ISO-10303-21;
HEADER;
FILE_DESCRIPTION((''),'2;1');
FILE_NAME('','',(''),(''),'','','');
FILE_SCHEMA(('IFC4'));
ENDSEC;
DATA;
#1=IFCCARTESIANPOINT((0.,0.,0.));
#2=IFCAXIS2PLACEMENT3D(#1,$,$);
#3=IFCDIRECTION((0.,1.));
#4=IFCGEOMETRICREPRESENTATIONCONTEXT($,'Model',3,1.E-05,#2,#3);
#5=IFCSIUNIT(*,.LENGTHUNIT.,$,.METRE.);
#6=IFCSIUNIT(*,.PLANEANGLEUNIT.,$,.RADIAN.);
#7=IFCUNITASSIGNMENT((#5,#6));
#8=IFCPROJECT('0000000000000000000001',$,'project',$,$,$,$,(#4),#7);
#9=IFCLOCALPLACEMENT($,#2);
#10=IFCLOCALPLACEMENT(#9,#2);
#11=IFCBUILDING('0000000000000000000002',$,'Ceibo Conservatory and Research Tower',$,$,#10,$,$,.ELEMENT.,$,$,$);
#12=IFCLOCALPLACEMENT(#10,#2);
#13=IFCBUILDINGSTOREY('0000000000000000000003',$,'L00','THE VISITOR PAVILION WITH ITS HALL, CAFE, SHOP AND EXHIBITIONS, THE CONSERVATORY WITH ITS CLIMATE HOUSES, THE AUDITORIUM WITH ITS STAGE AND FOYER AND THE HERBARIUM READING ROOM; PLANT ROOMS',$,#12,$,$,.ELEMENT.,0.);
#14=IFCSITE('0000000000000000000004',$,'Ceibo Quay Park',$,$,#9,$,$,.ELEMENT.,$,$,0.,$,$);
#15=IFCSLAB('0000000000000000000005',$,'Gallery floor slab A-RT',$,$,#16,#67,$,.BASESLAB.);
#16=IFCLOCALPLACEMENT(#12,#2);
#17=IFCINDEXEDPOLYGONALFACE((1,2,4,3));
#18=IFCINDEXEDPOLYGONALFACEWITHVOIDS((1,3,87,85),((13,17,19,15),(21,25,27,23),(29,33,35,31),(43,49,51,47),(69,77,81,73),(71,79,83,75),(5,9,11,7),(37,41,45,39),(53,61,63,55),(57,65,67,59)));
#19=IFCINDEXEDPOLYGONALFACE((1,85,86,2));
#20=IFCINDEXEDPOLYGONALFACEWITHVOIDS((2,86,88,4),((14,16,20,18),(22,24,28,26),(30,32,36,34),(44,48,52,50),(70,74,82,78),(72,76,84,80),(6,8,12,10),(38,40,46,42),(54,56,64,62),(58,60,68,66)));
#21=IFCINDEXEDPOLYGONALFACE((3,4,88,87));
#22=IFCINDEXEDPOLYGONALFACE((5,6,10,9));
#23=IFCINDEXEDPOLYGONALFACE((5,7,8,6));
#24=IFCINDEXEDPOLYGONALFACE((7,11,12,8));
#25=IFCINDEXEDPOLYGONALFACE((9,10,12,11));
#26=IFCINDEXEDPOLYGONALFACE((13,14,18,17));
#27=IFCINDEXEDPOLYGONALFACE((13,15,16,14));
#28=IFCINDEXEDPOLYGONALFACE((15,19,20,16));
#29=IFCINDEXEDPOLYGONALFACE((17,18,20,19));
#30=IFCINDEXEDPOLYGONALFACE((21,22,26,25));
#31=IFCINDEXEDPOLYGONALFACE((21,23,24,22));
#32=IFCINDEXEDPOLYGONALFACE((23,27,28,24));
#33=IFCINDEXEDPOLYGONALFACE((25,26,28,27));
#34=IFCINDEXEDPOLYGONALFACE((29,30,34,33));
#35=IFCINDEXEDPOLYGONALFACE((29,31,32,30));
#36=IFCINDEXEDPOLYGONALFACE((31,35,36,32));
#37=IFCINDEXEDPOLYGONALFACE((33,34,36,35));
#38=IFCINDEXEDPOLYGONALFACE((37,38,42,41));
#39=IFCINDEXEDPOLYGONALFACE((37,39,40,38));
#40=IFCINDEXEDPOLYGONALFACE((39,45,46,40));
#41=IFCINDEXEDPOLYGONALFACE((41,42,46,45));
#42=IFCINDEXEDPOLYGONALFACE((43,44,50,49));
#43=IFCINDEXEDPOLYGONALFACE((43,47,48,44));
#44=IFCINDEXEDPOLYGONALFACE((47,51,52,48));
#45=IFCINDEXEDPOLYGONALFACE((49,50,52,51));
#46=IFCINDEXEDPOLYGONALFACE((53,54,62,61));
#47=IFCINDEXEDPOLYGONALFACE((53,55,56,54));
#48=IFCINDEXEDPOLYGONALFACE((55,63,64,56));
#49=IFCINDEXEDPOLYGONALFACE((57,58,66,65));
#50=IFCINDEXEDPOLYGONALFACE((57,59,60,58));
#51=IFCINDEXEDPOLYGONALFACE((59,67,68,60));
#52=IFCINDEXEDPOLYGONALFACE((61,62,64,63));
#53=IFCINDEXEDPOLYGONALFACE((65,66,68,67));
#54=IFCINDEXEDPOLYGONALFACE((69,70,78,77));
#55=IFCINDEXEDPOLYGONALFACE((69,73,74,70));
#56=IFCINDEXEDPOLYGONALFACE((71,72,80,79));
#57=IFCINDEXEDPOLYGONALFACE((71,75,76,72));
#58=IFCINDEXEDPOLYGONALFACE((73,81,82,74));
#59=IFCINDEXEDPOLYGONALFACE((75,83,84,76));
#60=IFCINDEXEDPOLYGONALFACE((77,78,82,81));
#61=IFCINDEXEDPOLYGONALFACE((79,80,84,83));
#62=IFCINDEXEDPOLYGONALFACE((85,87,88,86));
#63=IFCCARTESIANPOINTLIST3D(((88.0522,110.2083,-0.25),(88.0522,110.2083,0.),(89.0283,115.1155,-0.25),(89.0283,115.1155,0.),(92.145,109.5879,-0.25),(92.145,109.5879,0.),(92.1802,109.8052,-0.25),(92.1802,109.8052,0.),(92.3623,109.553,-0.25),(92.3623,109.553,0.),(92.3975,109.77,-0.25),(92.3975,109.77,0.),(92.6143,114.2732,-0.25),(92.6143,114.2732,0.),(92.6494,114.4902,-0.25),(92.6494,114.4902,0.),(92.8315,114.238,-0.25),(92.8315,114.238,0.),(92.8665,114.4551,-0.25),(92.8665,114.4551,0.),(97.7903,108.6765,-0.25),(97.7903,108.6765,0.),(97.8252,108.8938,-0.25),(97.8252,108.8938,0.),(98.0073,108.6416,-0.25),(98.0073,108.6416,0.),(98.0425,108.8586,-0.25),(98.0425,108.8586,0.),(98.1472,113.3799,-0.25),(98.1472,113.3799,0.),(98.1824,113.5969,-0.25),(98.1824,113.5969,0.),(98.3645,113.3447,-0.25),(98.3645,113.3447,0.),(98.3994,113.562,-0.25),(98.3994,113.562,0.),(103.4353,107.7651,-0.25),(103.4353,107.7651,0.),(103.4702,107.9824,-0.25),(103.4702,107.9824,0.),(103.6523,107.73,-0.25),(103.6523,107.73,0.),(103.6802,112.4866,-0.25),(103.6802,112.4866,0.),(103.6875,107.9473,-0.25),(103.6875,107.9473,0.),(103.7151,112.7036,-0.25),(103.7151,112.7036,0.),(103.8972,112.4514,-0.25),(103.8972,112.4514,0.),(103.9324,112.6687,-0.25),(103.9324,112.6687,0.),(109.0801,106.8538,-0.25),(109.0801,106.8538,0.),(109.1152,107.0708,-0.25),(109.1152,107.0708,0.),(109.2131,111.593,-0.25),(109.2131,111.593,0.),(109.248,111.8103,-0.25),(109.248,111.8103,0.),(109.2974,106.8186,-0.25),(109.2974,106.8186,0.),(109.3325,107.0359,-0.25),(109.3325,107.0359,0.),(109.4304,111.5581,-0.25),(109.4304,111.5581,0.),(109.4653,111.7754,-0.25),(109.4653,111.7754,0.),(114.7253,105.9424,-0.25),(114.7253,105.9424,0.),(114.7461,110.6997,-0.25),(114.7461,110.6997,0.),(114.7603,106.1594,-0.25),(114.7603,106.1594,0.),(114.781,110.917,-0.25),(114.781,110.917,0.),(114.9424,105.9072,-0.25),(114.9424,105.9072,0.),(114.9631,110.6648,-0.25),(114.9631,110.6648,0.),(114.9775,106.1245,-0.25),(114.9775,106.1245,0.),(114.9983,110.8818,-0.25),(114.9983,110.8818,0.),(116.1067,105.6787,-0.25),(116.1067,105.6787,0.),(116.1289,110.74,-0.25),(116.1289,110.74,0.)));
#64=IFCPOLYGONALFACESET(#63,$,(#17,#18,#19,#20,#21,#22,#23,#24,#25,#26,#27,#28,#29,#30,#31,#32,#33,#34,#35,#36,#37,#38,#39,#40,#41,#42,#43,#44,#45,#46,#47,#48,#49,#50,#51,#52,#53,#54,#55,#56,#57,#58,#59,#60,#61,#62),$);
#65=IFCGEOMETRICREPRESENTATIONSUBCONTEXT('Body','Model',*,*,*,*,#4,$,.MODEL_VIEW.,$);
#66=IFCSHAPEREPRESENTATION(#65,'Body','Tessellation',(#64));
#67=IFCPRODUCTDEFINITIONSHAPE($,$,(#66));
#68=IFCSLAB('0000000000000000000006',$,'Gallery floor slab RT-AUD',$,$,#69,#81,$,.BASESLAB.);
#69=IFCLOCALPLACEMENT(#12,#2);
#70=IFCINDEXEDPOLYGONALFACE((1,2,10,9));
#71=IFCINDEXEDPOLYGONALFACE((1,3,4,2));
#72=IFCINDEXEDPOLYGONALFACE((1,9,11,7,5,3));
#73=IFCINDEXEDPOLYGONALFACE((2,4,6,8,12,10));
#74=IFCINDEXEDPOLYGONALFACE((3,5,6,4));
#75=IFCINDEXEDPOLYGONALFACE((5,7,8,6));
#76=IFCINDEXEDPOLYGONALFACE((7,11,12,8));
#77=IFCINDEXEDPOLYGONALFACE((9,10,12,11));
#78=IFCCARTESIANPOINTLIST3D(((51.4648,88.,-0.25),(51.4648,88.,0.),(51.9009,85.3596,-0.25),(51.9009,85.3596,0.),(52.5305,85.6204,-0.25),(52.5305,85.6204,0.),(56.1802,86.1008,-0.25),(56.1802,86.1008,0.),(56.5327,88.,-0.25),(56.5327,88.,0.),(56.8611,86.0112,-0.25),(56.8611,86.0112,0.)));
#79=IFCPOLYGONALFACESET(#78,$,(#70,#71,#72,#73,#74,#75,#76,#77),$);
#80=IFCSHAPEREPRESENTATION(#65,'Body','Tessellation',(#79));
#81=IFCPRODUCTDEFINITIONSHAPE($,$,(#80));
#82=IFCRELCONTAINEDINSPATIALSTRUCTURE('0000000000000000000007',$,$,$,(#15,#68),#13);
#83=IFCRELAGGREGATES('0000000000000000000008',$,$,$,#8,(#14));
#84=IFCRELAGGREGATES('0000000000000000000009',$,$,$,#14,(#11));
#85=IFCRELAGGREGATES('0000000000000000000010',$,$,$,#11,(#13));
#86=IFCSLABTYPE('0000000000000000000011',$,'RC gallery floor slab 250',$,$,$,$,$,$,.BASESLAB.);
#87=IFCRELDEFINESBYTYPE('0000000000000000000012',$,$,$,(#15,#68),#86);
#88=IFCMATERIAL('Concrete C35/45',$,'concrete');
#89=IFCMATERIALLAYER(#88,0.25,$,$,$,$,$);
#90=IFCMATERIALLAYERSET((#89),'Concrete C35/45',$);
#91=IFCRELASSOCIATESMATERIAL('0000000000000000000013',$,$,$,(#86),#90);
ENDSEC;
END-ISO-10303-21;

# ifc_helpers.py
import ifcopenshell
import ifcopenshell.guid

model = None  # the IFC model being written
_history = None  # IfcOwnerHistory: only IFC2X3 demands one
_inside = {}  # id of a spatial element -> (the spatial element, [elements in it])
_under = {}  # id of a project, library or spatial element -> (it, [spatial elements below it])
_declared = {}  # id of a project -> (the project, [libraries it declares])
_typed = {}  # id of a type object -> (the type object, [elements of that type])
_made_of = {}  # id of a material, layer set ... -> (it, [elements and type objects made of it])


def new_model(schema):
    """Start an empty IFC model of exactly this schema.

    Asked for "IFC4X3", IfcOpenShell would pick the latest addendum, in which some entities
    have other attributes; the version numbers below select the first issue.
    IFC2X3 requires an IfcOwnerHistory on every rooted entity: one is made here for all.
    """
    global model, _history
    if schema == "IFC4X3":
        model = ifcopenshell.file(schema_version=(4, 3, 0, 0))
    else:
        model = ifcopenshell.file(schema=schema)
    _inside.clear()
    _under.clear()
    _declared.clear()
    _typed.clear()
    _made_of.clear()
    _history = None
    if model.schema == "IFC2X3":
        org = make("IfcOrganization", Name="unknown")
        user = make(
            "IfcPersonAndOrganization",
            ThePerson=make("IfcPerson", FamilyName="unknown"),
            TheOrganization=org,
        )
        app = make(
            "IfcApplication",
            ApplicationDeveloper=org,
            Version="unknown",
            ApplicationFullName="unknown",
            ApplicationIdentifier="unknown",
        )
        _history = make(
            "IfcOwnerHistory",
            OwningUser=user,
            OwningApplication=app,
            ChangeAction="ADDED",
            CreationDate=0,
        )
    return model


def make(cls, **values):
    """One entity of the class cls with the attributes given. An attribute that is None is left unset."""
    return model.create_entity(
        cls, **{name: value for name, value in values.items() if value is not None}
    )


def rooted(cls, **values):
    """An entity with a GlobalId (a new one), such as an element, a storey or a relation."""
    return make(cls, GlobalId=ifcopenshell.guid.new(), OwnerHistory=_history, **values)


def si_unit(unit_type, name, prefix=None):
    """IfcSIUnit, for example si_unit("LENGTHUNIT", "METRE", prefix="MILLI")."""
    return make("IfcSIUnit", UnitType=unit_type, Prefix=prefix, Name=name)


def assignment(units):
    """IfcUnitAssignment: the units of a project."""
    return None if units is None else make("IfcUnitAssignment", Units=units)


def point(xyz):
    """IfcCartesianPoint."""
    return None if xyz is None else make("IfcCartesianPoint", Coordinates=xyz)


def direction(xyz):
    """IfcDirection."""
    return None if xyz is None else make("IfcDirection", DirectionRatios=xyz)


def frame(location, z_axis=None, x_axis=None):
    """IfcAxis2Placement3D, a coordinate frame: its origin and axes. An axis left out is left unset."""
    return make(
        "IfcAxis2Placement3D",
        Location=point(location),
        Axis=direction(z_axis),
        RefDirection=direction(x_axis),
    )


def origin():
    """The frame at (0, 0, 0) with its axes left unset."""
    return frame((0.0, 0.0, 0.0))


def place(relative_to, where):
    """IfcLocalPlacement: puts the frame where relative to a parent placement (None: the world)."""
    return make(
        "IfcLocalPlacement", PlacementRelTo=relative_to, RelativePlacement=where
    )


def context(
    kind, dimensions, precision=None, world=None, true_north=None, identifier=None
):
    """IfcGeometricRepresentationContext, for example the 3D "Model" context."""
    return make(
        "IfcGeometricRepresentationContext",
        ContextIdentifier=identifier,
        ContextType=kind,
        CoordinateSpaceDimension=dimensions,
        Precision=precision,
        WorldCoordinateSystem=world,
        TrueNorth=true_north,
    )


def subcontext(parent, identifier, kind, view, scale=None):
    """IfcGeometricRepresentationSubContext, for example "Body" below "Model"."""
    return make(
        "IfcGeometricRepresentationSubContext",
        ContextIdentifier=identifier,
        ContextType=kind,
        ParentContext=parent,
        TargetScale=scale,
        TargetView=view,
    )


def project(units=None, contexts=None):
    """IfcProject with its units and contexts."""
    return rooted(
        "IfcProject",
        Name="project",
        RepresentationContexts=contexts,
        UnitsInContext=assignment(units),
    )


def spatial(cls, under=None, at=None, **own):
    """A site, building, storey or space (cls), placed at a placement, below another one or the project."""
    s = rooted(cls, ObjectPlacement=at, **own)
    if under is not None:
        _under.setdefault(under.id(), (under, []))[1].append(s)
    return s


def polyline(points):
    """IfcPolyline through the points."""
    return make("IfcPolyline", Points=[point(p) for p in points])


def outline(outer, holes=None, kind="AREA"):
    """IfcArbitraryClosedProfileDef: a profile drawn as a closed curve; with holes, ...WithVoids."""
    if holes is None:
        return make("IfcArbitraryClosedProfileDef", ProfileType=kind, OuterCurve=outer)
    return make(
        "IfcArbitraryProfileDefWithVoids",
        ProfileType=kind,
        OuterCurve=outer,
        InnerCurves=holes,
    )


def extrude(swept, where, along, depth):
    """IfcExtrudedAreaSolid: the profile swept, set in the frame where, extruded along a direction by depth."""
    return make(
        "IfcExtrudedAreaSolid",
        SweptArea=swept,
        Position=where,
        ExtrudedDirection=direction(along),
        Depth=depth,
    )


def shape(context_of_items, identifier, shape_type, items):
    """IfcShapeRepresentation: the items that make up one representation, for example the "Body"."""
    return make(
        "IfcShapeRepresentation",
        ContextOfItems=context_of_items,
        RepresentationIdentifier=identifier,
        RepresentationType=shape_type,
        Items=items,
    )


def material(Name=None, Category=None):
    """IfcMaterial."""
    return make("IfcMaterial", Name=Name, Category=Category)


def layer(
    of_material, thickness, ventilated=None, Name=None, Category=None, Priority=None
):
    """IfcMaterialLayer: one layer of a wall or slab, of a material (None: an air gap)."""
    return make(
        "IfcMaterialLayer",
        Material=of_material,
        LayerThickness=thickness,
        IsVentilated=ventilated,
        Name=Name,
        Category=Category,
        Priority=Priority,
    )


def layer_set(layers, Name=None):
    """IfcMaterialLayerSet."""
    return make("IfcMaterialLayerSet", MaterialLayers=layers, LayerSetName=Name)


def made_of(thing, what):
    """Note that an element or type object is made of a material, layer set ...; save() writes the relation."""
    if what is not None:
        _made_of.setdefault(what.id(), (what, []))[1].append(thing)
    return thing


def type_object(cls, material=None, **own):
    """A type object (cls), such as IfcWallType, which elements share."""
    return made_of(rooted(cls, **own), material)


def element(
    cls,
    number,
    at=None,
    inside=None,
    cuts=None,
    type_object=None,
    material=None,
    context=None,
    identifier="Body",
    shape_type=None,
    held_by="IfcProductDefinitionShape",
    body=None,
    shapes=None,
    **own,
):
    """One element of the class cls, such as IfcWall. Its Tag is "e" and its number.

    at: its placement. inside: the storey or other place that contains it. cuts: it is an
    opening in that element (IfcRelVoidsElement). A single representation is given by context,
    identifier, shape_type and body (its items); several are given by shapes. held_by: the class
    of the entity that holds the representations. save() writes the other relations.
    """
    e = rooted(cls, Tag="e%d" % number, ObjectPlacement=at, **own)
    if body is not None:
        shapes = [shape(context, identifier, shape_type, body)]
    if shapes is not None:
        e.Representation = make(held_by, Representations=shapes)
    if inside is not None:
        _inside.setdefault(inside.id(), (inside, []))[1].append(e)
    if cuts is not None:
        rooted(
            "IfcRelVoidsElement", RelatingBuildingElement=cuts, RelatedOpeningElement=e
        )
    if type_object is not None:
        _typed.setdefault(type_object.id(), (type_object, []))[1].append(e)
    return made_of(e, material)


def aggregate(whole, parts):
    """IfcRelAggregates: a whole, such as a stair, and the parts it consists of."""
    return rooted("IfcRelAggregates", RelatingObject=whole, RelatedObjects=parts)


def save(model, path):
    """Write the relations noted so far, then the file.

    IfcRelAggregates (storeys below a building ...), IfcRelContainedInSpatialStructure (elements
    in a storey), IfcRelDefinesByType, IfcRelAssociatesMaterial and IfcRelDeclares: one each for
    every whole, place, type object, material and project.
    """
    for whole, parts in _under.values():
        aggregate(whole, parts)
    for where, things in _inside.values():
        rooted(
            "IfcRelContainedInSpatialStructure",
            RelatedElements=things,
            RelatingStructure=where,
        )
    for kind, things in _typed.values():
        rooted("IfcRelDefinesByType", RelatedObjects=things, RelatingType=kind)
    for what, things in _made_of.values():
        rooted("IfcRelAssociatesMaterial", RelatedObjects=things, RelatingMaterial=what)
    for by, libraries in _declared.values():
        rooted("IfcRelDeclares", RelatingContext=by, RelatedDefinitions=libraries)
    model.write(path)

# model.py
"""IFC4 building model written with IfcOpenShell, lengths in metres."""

from ifc_helpers import new_model, si_unit, direction, frame, origin, place, context, subcontext, project, spatial, polyline, outline, extrude, material, layer, layer_set, type_object, element, save


model = new_model("IFC4")

# Units and contexts
model_context = context("Model", 3, precision=1e-05, world=origin(), true_north=direction((0.0, 1.0)))
body_context = subcontext(model_context, "Body", "Model", "MODEL_VIEW")
ifc_project = project(units=[si_unit("LENGTHUNIT", "METRE"), si_unit("PLANEANGLEUNIT", "RADIAN")], contexts=[model_context])

# Site, building, storey
site_placement = place(None, origin())
site = spatial("IfcSite", under=ifc_project, at=site_placement, Name="Ceibo Quay Park", CompositionType="ELEMENT", RefElevation=0.0)
building_placement = place(site_placement, origin())
building = spatial("IfcBuilding", under=site, at=building_placement, Name="Ceibo Conservatory and Research Tower", CompositionType="ELEMENT")
storey_placement = place(building_placement, origin())
storey = spatial("IfcBuildingStorey", under=building, at=storey_placement, Name="L00", Description="THE VISITOR PAVILION WITH ITS HALL, CAFE, SHOP AND EXHIBITIONS, THE CONSERVATORY WITH ITS CLIMATE HOUSES, THE AUDITORIUM WITH ITS STAGE AND FOYER AND THE HERBARIUM READING ROOM; PLANT ROOMS", CompositionType="ELEMENT", Elevation=0.0)

# Slabs
ifc_material_1 = material(Name="Concrete C35/45", Category="concrete")
ifc_layer_1 = layer(ifc_material_1, 0.25)
ifc_layer_set_1 = layer_set([ifc_layer_1], Name="Concrete C35/45")
slab_type_1 = type_object("IfcSlabType", Name="RC gallery floor slab 250", PredefinedType="BASESLAB", material=ifc_layer_set_1)
slab_1_placement = place(storey_placement, frame((0.0, 0.0, -0.25)))
element("IfcSlab", 1, at=slab_1_placement, inside=storey, type_object=slab_type_1, Name="Gallery floor slab A-RT", PredefinedType="BASESLAB", context=body_context, shape_type="SweptSolid", body=[
    extrude(outline(polyline([(116.1067, 105.6787), (88.0522, 110.2083), (89.0283, 115.1155), (116.1289, 110.74), (116.1067, 105.6787)]), holes=[polyline([(92.1802, 109.8052), (92.145, 109.5879), (92.3623, 109.553), (92.3975, 109.77), (92.1802, 109.8052)]), polyline([(114.7603, 106.1594), (114.7253, 105.9424), (114.9424, 105.9072), (114.9775, 106.1245), (114.7603, 106.1594)]), polyline([(109.1152, 107.0708), (109.0801, 106.8538), (109.2974, 106.8186), (109.3325, 107.0359), (109.1152, 107.0708)]), polyline([(103.4702, 107.9824), (103.4353, 107.7651), (103.6523, 107.73), (103.6875, 107.9473), (103.4702, 107.9824)]), polyline([(97.8252, 108.8938), (97.7903, 108.6765), (98.0073, 108.6416), (98.0425, 108.8586), (97.8252, 108.8938)]), polyline([(114.781, 110.917), (114.7461, 110.6997), (114.9631, 110.6648), (114.9983, 110.8818), (114.781, 110.917)]), polyline([(109.248, 111.8103), (109.2131, 111.593), (109.4304, 111.5581), (109.4653, 111.7754), (109.248, 111.8103)]), polyline([(103.7151, 112.7036), (103.6802, 112.4866), (103.8972, 112.4514), (103.9324, 112.6687), (103.7151, 112.7036)]), polyline([(98.3994, 113.562), (98.1824, 113.5969), (98.1472, 113.3799), (98.3645, 113.3447), (98.3994, 113.562)]), polyline([(92.8665, 114.4551), (92.6494, 114.4902), (92.6143, 114.2732), (92.8315, 114.238), (92.8665, 114.4551)])]), origin(), (0.0, 0.0, 1.0), 0.25),
])
slab_2_placement = place(storey_placement, frame((0.0, 0.0, -0.25)))
element("IfcSlab", 2, at=slab_2_placement, inside=storey, type_object=slab_type_1, Name="Gallery floor slab RT-AUD", PredefinedType="BASESLAB", context=body_context, shape_type="SweptSolid", body=[
    extrude(outline(polyline([(52.5305, 85.6204), (51.9009, 85.3596), (51.4648, 88.0), (56.5327, 88.0), (56.8611, 86.0112), (56.1802, 86.1008), (52.5305, 85.6204)])), origin(), (0.0, 0.0, 1.0), 0.25),
])

save(model, "model.ifc")
